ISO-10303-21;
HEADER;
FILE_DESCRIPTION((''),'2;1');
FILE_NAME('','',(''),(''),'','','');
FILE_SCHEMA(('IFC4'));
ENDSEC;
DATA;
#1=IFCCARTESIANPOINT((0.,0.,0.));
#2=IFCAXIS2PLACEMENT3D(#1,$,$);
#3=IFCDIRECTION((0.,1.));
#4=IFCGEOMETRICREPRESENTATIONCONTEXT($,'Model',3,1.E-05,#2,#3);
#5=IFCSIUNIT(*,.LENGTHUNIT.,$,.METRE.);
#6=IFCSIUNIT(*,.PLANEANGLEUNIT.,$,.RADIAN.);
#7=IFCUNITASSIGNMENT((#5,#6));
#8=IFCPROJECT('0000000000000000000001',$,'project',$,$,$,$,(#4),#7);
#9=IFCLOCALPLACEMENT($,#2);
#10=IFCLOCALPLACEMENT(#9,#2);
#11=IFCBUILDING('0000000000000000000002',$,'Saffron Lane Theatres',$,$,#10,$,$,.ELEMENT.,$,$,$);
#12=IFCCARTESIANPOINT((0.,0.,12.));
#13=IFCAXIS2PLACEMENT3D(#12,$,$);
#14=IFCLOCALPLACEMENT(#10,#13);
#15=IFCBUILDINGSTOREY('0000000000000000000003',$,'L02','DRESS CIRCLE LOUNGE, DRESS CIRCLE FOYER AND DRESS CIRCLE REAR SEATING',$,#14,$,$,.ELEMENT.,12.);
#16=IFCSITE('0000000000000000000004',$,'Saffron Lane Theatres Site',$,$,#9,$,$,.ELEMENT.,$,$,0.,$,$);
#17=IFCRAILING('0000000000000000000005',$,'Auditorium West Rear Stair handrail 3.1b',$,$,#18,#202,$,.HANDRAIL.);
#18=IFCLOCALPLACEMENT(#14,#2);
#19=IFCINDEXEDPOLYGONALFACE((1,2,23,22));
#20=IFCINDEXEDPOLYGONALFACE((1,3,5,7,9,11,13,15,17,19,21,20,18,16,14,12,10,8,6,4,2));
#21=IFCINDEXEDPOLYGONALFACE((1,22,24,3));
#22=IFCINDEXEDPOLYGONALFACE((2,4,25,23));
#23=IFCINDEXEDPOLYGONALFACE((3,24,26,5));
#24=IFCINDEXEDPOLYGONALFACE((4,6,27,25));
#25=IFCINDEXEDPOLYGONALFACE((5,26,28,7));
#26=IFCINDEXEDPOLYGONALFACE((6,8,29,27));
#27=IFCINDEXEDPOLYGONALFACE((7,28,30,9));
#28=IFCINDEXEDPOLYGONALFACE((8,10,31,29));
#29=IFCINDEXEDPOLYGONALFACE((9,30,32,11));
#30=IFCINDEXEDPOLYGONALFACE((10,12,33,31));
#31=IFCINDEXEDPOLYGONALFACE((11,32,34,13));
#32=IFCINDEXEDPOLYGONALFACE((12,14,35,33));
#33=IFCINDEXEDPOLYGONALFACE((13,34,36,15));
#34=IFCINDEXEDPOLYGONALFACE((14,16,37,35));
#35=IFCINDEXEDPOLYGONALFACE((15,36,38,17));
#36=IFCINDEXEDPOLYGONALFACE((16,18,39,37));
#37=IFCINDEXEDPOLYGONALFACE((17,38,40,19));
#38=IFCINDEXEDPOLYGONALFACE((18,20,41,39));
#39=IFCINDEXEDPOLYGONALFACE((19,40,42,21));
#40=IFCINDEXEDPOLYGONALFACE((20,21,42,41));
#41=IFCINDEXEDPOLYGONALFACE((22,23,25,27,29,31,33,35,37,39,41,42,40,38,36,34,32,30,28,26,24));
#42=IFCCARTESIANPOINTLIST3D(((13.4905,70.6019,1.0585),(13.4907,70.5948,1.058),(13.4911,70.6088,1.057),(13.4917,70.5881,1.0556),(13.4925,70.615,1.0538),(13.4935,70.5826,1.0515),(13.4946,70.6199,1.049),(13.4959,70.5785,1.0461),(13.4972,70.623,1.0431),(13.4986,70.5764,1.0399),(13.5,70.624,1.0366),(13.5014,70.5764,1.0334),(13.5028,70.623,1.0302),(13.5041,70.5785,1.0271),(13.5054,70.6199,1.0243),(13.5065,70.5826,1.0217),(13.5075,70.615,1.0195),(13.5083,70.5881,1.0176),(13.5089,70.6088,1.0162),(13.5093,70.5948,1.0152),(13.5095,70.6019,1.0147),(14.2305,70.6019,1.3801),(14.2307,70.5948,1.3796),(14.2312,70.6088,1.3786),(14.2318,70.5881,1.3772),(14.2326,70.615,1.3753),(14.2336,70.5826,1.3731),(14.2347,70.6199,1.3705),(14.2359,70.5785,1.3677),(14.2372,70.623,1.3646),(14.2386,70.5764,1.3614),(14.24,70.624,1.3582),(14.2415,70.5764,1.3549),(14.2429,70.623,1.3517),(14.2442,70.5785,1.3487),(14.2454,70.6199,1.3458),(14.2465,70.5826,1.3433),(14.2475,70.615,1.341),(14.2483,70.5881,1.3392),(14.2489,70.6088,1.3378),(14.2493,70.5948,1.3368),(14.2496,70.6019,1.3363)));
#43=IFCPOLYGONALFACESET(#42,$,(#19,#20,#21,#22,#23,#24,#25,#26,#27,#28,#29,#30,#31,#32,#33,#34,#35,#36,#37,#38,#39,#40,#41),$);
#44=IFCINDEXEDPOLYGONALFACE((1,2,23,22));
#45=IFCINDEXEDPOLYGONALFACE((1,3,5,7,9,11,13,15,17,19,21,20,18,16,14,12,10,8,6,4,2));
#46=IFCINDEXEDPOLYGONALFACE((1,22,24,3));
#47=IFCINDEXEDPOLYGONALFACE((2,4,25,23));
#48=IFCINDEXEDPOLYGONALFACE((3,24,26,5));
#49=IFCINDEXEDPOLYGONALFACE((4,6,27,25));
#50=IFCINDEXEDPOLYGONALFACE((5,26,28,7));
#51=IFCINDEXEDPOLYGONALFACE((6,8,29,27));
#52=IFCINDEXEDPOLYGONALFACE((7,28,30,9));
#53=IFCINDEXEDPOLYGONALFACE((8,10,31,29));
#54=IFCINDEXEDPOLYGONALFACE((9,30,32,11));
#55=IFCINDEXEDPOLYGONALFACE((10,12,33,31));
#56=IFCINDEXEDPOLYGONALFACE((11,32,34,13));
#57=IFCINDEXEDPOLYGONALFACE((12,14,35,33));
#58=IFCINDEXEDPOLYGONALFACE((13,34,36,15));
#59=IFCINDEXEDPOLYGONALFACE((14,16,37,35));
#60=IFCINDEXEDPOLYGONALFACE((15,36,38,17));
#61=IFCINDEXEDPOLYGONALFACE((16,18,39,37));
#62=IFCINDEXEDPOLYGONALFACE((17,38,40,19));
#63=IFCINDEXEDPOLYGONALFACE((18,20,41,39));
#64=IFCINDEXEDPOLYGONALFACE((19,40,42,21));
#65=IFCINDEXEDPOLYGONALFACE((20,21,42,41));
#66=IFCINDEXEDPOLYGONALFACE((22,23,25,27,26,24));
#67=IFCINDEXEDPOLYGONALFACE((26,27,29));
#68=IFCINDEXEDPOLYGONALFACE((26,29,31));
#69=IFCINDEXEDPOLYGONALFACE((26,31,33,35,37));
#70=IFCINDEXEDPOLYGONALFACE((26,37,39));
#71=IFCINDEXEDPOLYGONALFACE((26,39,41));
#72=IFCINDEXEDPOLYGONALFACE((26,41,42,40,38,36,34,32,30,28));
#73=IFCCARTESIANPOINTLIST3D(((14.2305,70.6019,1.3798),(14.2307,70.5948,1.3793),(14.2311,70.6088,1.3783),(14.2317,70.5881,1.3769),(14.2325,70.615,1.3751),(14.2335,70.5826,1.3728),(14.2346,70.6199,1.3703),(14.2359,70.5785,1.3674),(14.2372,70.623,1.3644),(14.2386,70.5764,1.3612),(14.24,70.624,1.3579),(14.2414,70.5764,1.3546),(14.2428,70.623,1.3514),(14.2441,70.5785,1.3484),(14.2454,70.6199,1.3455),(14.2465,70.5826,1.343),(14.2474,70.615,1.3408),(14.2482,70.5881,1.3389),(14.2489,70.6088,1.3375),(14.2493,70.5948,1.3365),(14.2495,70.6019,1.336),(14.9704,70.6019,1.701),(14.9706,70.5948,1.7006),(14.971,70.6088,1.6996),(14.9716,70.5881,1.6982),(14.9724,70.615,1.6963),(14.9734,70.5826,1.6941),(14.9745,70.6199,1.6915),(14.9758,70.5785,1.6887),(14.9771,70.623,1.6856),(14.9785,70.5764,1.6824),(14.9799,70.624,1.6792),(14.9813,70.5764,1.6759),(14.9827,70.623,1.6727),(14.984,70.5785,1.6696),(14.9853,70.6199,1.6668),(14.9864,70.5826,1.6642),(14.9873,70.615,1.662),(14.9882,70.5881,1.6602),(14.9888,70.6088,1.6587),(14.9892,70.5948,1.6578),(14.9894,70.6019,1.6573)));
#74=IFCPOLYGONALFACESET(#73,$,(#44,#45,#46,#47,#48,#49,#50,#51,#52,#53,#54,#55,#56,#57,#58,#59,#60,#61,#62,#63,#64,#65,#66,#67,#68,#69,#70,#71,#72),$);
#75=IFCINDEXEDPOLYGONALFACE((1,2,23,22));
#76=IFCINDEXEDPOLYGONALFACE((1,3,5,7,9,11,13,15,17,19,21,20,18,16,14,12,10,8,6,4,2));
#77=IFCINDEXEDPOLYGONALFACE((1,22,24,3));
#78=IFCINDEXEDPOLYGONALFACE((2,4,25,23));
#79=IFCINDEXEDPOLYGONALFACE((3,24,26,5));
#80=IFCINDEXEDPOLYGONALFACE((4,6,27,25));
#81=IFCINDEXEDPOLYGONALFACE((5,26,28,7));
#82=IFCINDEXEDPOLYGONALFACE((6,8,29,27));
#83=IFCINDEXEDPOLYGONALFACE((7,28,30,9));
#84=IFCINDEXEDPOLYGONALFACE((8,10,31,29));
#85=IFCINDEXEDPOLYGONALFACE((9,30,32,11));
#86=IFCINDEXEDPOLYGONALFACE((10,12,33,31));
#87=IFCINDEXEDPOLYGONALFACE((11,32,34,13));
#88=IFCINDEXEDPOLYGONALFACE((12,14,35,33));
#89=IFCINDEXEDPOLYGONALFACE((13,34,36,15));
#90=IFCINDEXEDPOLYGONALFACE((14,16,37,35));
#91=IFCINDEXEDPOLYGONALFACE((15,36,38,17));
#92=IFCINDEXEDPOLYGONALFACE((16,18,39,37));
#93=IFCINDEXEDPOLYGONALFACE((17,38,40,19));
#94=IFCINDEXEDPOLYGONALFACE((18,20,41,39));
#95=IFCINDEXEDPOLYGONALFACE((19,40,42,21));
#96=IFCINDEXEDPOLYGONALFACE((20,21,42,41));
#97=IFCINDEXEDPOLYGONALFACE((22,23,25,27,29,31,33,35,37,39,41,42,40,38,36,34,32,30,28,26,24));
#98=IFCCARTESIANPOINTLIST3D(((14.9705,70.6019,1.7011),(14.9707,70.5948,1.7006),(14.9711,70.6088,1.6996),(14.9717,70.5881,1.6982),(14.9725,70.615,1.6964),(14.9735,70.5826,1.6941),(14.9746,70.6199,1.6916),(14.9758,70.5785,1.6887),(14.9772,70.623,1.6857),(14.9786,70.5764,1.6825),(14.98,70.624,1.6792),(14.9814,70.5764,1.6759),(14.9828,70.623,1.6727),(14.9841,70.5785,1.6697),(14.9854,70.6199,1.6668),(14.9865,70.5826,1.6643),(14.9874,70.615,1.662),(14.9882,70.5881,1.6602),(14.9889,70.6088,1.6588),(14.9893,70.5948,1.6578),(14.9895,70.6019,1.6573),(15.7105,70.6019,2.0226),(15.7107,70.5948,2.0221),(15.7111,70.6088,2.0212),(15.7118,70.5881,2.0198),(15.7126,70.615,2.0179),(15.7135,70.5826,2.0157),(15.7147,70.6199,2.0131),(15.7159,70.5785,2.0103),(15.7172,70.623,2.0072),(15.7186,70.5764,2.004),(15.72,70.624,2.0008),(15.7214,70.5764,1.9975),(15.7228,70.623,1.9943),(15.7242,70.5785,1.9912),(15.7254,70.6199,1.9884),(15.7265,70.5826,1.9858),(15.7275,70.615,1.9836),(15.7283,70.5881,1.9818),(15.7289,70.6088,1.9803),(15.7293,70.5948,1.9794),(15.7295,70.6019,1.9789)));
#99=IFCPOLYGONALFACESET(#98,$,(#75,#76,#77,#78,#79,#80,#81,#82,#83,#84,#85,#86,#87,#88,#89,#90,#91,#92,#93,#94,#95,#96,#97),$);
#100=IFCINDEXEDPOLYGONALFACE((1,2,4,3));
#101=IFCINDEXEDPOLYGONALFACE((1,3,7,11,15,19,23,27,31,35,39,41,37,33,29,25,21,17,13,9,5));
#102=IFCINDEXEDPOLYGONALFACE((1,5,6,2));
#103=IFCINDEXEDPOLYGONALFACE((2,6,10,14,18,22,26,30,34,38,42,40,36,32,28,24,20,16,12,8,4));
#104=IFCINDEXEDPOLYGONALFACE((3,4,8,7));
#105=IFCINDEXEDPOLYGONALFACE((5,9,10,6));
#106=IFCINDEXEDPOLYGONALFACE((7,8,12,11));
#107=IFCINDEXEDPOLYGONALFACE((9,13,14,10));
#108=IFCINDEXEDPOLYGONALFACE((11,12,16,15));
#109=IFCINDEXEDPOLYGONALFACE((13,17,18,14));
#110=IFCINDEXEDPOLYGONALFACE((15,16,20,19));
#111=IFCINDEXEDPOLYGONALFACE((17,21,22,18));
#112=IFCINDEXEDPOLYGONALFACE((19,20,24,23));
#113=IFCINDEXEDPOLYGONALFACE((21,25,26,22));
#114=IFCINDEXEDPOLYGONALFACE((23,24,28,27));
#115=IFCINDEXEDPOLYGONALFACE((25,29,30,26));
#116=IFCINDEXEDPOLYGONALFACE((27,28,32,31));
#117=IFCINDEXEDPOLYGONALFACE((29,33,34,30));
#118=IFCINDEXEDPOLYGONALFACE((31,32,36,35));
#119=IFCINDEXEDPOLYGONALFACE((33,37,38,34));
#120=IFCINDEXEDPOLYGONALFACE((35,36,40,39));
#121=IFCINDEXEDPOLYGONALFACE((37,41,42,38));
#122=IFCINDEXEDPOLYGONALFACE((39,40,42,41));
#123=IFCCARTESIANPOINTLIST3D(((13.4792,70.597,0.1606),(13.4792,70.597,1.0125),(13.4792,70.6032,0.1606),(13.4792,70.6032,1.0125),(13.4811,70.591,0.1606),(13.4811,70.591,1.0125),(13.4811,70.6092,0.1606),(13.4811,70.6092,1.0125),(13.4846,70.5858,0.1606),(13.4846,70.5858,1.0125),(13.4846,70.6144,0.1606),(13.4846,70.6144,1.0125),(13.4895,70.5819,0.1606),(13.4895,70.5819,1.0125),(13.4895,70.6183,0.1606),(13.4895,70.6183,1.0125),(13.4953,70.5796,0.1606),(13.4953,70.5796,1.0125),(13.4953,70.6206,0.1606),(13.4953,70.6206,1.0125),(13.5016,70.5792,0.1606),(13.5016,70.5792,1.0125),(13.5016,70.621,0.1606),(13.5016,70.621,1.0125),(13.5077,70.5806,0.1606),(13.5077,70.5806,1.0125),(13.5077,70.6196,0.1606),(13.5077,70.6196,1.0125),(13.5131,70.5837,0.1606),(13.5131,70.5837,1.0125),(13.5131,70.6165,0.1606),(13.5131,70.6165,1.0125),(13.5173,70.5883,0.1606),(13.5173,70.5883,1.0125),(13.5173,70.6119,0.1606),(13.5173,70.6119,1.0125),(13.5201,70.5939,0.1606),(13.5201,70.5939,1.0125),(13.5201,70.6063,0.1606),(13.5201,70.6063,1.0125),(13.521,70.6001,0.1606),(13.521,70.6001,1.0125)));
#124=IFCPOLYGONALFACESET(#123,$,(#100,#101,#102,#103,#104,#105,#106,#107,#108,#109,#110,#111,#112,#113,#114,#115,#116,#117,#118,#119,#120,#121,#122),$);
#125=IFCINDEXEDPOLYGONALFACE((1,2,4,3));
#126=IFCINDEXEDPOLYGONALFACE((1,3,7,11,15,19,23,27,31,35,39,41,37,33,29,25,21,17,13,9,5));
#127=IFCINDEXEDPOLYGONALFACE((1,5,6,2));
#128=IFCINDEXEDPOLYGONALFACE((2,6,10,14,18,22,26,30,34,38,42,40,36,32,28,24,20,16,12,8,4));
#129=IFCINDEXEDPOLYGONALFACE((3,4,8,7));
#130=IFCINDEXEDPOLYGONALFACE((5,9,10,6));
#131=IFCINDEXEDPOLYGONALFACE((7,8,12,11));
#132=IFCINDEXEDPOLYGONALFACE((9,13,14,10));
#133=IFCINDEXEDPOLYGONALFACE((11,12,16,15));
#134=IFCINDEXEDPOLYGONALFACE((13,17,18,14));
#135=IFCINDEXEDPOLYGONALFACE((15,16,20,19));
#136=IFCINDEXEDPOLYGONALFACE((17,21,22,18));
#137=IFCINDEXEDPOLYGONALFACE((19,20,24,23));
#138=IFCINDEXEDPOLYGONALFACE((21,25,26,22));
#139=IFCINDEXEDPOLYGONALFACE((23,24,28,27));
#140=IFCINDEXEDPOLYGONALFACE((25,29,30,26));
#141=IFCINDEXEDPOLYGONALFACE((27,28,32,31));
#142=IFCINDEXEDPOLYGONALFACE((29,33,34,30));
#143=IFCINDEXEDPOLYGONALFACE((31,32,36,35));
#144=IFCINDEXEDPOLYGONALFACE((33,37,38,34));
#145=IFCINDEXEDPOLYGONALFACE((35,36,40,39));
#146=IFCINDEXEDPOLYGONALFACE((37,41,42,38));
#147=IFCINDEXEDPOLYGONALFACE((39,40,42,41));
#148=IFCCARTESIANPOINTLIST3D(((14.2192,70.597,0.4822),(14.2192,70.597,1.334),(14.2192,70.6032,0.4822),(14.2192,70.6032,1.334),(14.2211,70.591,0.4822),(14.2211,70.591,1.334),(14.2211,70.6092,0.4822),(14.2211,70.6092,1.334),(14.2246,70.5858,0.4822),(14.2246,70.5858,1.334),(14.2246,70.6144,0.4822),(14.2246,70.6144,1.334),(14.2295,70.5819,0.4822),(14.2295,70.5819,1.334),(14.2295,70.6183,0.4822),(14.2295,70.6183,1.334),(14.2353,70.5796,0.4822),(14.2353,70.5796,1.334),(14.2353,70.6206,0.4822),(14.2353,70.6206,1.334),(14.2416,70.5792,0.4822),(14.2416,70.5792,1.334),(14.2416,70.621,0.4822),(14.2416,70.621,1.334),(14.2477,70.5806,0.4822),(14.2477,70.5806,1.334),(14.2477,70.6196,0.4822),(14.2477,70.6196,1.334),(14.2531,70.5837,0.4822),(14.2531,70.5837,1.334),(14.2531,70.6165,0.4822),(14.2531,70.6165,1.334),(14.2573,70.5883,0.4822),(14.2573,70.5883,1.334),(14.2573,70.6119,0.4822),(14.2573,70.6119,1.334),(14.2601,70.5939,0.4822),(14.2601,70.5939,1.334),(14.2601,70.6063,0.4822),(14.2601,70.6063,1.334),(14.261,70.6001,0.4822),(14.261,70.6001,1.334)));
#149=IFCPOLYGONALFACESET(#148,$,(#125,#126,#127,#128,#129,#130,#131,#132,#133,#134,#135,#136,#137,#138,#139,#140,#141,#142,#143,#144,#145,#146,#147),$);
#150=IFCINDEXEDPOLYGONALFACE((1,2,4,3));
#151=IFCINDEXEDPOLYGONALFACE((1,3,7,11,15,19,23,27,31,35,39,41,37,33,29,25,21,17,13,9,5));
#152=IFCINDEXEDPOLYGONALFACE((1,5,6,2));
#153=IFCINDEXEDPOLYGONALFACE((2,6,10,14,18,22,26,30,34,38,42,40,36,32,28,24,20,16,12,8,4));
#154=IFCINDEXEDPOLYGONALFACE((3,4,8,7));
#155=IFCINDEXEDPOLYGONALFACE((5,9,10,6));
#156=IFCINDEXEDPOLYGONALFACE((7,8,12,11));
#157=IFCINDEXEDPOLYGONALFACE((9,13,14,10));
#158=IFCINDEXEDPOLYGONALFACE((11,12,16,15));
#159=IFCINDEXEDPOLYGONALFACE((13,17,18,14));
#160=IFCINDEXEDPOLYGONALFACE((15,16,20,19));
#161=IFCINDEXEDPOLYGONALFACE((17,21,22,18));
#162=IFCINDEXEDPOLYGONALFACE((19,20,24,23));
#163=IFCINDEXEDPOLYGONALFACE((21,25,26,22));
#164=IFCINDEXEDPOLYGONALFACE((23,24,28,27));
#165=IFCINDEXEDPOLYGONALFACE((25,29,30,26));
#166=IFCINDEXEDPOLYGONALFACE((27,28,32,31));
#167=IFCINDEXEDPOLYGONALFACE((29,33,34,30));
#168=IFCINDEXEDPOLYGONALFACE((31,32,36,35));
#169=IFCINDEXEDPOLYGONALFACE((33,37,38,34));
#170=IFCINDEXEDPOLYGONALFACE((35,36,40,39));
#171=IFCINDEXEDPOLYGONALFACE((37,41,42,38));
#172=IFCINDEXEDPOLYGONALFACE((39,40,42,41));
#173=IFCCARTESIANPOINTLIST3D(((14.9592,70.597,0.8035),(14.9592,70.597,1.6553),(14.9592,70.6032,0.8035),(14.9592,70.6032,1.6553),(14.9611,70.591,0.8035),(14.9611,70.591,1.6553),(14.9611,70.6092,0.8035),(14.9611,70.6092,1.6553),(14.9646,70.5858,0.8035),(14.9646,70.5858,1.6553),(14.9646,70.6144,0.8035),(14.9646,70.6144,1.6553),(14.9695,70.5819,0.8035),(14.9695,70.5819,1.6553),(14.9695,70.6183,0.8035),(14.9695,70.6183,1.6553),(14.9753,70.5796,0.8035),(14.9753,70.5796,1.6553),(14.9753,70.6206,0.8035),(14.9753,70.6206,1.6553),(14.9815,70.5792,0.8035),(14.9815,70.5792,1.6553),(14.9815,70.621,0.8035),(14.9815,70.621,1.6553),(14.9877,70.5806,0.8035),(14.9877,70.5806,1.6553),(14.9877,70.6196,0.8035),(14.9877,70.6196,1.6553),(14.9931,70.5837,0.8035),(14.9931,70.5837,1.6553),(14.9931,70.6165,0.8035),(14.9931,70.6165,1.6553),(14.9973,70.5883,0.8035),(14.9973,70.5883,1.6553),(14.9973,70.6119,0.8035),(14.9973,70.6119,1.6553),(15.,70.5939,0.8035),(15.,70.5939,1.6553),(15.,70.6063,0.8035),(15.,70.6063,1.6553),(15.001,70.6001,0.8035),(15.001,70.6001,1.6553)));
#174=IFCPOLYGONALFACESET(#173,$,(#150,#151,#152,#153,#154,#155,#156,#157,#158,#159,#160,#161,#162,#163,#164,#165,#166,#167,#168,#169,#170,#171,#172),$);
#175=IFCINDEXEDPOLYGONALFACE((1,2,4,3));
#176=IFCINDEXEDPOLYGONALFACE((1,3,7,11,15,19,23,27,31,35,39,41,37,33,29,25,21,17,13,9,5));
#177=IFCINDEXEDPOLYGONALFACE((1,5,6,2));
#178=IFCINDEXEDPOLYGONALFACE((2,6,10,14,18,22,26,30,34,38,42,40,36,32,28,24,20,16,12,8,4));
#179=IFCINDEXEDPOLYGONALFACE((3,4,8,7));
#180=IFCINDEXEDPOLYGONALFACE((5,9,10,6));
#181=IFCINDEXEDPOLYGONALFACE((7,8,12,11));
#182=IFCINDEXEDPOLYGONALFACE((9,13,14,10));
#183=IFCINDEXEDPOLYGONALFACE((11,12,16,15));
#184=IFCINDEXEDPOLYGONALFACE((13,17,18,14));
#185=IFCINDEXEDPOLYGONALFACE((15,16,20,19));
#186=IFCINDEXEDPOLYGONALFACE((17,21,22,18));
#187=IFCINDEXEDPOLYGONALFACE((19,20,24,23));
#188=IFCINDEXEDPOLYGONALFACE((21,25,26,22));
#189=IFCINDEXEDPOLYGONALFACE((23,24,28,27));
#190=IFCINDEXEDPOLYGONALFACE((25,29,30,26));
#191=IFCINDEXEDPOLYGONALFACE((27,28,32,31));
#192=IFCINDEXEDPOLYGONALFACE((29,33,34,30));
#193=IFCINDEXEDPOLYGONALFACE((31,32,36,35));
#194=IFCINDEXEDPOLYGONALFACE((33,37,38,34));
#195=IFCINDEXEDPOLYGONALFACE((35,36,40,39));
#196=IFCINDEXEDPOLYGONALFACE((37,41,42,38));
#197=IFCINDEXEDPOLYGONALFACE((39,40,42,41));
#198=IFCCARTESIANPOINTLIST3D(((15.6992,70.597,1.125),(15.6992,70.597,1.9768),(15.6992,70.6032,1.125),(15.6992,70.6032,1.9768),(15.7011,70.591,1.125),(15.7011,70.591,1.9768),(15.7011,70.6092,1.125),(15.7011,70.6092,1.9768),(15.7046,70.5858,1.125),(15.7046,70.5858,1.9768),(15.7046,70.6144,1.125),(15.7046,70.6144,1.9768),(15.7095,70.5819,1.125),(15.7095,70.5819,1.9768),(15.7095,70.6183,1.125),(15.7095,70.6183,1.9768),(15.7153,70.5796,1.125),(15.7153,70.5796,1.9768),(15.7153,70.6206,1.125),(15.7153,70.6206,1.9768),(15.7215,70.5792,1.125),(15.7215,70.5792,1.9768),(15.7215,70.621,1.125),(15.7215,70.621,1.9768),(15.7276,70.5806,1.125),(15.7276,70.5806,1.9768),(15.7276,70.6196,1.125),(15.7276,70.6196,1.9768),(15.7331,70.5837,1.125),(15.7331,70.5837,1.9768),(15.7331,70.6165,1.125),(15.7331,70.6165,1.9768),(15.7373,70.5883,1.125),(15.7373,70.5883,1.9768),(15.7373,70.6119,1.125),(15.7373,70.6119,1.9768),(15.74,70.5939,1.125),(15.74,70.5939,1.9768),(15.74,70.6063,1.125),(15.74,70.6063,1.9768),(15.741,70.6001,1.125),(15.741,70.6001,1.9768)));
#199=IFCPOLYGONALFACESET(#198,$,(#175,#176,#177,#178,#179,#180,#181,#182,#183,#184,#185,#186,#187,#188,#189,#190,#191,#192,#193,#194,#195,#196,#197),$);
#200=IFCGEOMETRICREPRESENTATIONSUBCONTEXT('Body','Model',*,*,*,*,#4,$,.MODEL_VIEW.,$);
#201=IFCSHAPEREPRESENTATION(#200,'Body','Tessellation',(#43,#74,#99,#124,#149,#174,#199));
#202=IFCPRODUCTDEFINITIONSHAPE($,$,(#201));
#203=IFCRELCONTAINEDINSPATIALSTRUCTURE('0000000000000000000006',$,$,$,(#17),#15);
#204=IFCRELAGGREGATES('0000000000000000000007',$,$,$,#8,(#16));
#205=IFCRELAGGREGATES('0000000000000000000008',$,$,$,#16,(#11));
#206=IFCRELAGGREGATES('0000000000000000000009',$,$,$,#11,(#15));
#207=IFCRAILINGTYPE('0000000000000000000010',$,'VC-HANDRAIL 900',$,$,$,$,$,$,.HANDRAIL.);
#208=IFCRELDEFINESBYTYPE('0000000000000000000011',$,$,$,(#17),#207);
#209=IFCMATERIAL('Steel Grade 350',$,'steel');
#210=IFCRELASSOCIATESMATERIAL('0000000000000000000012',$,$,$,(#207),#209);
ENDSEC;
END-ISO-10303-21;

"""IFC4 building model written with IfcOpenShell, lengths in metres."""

from ifc_helpers import new_model, si_unit, direction, frame, origin, origin_2d, place, context, subcontext, project, spatial, circle, extrude, material, type_object, element, save


model = new_model("IFC4")

# Units and contexts
model_context = context("Model", 3, precision=1e-05, world=origin(), true_north=direction((0.0, 1.0)))
body_context = subcontext(model_context, "Body", "Model", "MODEL_VIEW")
ifc_project = project(units=[si_unit("LENGTHUNIT", "METRE"), si_unit("PLANEANGLEUNIT", "RADIAN")], contexts=[model_context])

# Site, building, storey
site_placement = place(None, origin())
site = spatial("IfcSite", under=ifc_project, at=site_placement, Name="Saffron Lane Theatres Site", CompositionType="ELEMENT", RefElevation=0.0)
building_placement = place(site_placement, origin())
building = spatial("IfcBuilding", under=site, at=building_placement, Name="Saffron Lane Theatres", CompositionType="ELEMENT")
storey_placement = place(building_placement, frame((0.0, 0.0, 12.0)))
storey = spatial("IfcBuildingStorey", under=building, at=storey_placement, Name="L02", Description="DRESS CIRCLE LOUNGE, DRESS CIRCLE FOYER AND DRESS CIRCLE REAR SEATING", CompositionType="ELEMENT", Elevation=12.0)

# Railing
ifc_material_1 = material(Name="Steel Grade 350", Category="steel")
railing_type_1 = type_object("IfcRailingType", Name="VC-HANDRAIL 900", PredefinedType="HANDRAIL", material=ifc_material_1)
for number, where, name in (
    (1, (13.5, 70.6001, 0.1606), "Auditorium West Rear Stair handrail 3.1b"),
):
    element("IfcRailing", number, at=place(storey_placement, frame(where)), inside=storey, type_object=railing_type_1, Name=name, PredefinedType="HANDRAIL", context=body_context, shape_type="SweptSolid", body=[
        extrude(circle(Radius=0.0239, at=origin_2d()), frame((0.0, 0.0, 0.876), z_axis=(0.917161, 0.0, 0.398516), x_axis=(0.0, 1.0, 0.0)), (0.0, 0.0, 1.0), 0.8069),
        extrude(circle(Radius=0.0239, at=origin_2d()), frame((0.74, 0.0, 1.1973), z_axis=(0.917272, 0.0, 0.398261), x_axis=(0.0, 1.0, 0.0)), (0.0, 0.0, 1.0), 0.8066),
        extrude(circle(Radius=0.0239, at=origin_2d()), frame((1.48, 0.0, 1.5186), z_axis=(0.917161, 0.0, 0.398516), x_axis=(0.0, 1.0, 0.0)), (0.0, 0.0, 1.0), 0.8069),
        extrude(circle(Radius=0.021, at=origin_2d()), origin(), (0.0, 0.0, 1.0), 0.8518),
        extrude(circle(Radius=0.021, at=origin_2d()), frame((0.74, 0.0, 0.3215)), (0.0, 0.0, 1.0), 0.8518),
        extrude(circle(Radius=0.021, at=origin_2d()), frame((1.48, 0.0, 0.6428)), (0.0, 0.0, 1.0), 0.8518),
        extrude(circle(Radius=0.021, at=origin_2d()), frame((2.22, 0.0, 0.9644)), (0.0, 0.0, 1.0), 0.8518),
    ])

save(model, "model.ifc")
